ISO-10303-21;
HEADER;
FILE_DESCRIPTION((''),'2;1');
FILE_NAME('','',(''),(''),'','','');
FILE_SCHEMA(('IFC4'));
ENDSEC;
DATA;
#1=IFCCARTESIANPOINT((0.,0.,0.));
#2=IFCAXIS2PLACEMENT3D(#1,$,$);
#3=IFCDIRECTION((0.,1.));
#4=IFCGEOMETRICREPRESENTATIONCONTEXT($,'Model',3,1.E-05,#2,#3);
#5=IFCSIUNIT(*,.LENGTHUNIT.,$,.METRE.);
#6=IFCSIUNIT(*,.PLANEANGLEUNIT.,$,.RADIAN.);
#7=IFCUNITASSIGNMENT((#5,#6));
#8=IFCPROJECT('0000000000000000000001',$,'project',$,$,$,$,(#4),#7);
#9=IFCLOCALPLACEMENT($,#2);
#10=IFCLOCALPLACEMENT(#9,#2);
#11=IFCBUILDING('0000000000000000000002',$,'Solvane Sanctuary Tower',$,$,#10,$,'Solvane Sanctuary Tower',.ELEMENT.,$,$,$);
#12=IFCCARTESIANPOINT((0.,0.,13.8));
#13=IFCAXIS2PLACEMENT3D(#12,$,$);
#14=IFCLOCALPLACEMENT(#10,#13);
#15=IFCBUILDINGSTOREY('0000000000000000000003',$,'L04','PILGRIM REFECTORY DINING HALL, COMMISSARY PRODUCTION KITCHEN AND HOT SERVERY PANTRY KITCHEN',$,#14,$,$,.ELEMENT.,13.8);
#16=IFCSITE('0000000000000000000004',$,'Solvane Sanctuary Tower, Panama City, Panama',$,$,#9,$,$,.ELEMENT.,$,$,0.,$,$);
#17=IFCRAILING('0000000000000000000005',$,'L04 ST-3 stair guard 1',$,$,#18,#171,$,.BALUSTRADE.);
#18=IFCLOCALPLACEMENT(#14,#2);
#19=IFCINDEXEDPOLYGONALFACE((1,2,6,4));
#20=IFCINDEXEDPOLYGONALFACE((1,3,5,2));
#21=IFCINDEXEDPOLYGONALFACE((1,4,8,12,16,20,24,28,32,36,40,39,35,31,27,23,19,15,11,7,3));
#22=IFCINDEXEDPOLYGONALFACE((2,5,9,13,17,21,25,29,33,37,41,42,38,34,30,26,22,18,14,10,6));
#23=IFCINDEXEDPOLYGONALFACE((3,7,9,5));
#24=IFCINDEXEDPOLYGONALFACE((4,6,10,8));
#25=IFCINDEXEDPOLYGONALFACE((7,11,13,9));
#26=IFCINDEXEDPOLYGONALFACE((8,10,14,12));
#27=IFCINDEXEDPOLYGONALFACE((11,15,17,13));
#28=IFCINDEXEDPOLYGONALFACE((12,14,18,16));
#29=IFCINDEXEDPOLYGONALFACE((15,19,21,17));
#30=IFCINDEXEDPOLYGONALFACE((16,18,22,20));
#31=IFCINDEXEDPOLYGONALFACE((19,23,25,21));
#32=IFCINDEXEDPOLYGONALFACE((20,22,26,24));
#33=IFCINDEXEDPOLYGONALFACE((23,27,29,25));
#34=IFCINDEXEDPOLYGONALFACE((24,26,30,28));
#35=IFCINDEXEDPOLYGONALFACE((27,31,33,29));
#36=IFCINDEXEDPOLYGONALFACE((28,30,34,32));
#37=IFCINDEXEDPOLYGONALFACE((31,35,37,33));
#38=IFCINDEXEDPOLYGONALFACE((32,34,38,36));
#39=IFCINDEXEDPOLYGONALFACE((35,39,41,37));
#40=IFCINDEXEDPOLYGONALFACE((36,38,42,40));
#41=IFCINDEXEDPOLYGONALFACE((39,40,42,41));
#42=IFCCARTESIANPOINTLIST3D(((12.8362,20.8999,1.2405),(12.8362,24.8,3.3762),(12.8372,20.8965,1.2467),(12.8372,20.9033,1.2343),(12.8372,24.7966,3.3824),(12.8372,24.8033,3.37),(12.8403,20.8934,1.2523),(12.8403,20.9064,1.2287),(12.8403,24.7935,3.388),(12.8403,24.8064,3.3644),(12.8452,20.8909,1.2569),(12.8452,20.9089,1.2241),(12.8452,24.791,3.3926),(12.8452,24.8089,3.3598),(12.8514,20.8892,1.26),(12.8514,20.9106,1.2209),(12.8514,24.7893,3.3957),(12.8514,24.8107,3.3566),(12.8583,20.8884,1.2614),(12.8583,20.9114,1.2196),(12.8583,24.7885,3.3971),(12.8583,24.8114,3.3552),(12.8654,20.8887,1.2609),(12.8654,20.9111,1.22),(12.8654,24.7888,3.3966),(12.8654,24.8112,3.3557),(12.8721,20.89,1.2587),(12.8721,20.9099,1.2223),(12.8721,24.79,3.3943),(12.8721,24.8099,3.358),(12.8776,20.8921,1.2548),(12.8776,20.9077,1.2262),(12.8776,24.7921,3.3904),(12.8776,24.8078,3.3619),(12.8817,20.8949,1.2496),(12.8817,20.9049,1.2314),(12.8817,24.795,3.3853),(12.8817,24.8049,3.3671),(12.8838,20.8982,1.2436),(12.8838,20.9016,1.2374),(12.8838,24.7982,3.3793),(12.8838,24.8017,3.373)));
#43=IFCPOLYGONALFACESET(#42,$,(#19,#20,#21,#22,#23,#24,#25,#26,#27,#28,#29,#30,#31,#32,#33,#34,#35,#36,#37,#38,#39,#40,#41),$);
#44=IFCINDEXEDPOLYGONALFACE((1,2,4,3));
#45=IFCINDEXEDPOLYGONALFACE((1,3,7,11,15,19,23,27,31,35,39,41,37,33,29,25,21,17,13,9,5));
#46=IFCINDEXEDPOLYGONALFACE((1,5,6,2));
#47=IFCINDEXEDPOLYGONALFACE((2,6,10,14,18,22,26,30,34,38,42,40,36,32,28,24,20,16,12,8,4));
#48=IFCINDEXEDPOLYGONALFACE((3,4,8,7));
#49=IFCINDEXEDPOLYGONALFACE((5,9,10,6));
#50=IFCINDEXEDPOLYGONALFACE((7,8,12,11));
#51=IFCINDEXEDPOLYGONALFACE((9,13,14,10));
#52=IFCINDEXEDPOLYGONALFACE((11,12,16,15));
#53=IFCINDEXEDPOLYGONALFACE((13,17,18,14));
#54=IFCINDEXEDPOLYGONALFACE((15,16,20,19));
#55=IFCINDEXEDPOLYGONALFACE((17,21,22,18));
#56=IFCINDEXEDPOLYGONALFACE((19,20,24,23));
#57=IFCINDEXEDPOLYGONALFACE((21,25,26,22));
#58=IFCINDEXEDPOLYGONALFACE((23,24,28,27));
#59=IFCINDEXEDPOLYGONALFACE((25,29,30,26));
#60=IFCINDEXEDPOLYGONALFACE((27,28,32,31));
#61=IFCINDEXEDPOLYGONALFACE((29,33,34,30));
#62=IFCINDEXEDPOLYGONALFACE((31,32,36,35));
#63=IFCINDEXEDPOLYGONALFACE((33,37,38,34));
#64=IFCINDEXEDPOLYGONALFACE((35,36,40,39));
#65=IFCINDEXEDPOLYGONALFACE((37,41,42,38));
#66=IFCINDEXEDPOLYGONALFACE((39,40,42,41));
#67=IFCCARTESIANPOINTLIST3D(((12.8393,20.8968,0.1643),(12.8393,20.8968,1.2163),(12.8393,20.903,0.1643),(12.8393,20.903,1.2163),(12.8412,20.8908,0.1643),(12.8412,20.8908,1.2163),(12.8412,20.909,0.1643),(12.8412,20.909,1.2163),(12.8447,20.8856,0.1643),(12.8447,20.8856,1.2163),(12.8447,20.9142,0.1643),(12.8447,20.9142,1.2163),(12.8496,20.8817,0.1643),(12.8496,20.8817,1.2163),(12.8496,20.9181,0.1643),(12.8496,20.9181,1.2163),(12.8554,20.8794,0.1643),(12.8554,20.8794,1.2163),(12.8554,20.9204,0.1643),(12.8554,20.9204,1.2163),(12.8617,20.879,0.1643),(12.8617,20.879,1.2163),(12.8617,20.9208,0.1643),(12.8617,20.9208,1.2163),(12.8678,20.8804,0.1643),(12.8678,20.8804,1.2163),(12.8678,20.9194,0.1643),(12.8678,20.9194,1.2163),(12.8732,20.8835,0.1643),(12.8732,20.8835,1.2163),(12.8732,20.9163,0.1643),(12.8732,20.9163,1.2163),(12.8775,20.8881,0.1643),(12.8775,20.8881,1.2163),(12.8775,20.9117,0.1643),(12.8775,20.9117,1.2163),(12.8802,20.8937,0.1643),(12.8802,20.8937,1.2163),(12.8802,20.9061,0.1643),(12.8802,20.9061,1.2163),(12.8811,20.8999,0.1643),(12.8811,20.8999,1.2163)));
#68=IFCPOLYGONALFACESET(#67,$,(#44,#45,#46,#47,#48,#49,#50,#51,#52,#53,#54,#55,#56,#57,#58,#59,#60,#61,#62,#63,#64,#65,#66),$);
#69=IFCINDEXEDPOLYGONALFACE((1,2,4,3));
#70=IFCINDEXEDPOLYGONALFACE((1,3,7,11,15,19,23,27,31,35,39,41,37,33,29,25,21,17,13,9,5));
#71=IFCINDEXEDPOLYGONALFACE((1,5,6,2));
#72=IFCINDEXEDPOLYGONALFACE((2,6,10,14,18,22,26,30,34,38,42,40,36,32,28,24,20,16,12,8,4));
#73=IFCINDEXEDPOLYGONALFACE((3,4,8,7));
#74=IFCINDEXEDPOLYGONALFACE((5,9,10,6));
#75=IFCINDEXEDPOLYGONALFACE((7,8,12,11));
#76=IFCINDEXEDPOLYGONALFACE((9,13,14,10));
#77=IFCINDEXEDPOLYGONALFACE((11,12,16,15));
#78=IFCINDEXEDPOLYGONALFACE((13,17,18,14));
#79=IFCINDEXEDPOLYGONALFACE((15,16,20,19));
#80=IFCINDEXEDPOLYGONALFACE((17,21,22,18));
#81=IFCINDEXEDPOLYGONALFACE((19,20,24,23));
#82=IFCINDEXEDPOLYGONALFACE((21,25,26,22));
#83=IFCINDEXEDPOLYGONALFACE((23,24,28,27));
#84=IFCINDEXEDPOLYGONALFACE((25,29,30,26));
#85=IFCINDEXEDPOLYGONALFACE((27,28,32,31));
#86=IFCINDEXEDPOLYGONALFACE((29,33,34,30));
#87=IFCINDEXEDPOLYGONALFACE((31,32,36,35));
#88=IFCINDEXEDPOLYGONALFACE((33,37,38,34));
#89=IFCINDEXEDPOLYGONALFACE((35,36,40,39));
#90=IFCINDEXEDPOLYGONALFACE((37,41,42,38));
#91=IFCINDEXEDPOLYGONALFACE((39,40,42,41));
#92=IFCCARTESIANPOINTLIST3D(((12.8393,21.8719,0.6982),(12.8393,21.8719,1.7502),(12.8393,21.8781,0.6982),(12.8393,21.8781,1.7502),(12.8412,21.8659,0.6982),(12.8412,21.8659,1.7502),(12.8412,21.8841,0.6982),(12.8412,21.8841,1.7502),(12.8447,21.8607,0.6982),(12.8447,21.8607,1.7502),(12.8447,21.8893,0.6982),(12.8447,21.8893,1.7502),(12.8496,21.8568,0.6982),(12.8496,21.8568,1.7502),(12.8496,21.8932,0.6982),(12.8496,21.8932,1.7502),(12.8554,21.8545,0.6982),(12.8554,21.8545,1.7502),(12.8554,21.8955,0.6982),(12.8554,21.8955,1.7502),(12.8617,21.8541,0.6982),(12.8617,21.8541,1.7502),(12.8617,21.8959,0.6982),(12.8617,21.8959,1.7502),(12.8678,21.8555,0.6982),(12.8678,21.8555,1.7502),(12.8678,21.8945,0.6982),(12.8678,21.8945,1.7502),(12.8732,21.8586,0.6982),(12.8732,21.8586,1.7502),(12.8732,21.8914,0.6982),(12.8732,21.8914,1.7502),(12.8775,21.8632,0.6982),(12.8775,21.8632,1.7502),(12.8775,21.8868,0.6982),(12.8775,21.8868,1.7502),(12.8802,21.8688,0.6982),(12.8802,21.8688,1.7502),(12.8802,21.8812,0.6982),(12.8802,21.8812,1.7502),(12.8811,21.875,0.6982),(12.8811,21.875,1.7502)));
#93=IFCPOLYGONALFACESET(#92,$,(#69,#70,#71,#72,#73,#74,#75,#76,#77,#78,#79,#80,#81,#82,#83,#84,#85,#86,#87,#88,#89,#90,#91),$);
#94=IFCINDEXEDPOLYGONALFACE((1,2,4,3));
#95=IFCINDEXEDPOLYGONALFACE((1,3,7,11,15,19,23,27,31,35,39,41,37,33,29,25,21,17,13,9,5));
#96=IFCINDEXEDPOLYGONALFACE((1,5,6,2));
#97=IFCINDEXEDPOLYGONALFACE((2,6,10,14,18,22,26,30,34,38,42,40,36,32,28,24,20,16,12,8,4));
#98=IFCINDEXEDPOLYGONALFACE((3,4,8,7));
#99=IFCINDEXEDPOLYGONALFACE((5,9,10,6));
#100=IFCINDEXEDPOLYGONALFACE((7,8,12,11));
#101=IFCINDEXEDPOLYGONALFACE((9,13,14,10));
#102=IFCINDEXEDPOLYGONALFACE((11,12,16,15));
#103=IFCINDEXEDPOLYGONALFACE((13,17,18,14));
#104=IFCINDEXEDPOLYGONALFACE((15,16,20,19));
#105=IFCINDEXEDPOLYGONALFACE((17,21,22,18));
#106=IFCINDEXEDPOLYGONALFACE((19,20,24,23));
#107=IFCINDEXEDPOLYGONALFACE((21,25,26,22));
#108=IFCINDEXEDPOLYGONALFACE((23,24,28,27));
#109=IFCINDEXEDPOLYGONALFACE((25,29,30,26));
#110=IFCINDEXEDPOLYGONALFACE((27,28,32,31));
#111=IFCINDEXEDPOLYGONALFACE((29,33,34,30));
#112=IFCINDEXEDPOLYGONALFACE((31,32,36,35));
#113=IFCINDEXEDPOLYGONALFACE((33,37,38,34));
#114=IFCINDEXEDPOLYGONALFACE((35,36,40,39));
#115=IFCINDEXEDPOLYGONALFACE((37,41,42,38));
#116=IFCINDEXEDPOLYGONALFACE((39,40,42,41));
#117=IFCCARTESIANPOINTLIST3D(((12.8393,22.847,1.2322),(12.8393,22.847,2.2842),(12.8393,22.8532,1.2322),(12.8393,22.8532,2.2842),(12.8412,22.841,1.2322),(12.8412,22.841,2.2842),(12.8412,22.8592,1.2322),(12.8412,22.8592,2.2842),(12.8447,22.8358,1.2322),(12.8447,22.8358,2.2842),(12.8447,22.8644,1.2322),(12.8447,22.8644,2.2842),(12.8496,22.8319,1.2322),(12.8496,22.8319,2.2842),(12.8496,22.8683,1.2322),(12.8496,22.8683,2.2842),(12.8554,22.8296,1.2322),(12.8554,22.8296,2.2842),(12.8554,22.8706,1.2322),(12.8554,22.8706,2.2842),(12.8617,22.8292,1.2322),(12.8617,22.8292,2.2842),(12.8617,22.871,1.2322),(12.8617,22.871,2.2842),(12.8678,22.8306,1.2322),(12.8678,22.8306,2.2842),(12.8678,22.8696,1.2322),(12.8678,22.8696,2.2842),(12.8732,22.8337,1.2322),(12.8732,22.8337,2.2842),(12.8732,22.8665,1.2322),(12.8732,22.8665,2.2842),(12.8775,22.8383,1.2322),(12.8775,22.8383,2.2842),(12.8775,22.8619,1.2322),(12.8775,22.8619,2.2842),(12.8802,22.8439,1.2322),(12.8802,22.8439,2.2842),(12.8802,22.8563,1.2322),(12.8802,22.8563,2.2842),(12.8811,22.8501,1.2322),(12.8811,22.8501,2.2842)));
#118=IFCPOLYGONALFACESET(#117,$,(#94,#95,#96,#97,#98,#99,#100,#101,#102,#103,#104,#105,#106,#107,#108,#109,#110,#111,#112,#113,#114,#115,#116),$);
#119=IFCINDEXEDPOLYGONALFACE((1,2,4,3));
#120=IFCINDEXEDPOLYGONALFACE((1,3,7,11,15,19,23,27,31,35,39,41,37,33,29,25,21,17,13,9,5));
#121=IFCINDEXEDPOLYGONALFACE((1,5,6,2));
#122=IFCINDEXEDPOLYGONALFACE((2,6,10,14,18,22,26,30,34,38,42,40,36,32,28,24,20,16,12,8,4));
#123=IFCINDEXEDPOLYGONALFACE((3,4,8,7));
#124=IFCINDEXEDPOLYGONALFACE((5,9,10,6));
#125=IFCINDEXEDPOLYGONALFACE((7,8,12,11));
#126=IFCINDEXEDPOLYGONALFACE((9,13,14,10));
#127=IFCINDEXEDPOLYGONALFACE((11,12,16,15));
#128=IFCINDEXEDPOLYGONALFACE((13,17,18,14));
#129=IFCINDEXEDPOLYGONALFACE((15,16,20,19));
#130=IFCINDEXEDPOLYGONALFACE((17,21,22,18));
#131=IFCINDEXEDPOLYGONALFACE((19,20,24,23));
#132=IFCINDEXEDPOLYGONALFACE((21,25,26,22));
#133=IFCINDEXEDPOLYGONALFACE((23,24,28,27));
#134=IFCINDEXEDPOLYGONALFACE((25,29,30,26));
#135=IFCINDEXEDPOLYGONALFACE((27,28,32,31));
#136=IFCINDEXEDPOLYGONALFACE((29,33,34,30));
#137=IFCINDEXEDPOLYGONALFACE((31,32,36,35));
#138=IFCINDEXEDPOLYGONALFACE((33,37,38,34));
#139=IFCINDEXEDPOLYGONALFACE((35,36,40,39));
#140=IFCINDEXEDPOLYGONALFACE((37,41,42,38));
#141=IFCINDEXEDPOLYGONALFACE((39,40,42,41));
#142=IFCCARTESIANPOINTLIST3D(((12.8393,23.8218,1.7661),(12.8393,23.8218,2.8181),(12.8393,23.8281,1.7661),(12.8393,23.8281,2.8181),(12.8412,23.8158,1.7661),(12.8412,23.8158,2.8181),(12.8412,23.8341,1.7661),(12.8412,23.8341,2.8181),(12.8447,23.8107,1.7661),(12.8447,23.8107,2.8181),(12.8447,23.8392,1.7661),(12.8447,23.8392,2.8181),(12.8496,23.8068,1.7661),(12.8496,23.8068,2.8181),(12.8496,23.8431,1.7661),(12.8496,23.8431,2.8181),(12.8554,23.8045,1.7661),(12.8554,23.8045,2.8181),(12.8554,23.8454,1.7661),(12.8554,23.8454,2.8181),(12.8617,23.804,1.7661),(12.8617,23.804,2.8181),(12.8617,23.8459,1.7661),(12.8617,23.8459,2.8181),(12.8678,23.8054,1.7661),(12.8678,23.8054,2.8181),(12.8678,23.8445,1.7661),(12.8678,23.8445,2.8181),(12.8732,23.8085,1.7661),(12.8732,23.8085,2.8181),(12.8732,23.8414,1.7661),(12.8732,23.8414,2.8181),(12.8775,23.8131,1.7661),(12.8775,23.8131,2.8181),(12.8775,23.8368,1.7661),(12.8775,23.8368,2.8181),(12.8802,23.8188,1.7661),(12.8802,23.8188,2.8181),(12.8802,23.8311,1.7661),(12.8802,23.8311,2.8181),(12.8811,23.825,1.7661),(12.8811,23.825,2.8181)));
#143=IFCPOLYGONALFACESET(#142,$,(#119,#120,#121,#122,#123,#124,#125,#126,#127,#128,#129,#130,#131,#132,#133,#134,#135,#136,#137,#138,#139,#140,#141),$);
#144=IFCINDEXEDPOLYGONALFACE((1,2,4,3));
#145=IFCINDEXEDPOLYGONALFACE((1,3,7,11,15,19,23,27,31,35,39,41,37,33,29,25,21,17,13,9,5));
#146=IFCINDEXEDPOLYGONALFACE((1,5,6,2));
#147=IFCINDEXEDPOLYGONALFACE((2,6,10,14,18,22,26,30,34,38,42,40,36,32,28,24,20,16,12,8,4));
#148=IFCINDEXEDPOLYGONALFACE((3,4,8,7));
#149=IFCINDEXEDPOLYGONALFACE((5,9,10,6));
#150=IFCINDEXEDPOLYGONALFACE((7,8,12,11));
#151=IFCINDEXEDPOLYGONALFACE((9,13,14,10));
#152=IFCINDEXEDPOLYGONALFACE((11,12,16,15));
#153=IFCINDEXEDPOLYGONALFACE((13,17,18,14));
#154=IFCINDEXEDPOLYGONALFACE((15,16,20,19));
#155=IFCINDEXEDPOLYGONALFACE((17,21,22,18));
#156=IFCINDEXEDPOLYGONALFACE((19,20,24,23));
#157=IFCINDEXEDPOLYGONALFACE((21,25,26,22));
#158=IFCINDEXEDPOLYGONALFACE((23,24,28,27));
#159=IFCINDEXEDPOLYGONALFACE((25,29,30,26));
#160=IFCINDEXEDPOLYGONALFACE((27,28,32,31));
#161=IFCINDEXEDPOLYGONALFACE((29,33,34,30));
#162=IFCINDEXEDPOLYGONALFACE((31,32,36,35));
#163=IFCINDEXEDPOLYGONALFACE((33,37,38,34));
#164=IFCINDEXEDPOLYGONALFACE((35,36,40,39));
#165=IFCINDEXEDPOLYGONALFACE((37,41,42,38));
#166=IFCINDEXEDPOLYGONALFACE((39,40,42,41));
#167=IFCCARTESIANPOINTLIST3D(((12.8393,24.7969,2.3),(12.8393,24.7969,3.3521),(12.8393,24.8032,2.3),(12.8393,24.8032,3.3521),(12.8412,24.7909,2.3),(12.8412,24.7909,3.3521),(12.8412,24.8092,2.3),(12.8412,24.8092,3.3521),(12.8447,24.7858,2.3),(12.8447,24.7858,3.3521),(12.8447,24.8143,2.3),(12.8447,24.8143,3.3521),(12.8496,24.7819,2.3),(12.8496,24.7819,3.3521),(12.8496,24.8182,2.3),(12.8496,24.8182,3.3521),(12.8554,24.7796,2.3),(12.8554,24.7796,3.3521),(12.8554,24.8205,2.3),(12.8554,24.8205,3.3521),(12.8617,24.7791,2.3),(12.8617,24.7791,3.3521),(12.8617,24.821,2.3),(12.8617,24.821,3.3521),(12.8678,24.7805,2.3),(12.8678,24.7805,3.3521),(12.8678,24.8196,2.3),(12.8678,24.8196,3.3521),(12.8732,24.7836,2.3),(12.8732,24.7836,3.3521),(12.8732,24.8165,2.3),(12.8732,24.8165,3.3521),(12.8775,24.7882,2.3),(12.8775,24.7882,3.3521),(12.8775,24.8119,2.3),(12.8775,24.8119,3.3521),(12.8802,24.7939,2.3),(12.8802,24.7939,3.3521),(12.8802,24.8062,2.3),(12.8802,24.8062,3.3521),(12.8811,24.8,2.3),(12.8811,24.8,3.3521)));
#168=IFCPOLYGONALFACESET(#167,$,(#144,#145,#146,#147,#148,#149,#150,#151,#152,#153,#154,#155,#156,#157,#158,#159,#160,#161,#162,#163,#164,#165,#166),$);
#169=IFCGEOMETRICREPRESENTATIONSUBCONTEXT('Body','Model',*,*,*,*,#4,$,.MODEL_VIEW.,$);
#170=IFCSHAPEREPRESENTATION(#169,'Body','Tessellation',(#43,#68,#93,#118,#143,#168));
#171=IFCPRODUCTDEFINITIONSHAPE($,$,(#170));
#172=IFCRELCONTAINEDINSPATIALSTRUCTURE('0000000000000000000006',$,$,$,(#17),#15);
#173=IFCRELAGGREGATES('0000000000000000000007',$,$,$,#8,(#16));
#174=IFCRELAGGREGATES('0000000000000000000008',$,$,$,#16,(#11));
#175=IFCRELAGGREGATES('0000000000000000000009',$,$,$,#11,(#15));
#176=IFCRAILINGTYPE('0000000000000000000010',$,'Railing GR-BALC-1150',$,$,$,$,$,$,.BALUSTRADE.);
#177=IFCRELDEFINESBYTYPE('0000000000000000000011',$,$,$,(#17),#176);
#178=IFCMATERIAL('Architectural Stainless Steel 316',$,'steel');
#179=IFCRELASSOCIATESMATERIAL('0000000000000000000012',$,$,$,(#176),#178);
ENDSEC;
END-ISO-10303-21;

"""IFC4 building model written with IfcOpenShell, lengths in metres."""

from ifc_helpers import new_model, si_unit, direction, frame, origin, origin_2d, place, context, subcontext, project, spatial, circle, extrude, material, type_object, element, save


model = new_model("IFC4")

# Units and contexts
model_context = context("Model", 3, precision=1e-05, world=origin(), true_north=direction((0.0, 1.0)))
body_context = subcontext(model_context, "Body", "Model", "MODEL_VIEW")
ifc_project = project(units=[si_unit("LENGTHUNIT", "METRE"), si_unit("PLANEANGLEUNIT", "RADIAN")], contexts=[model_context])

# Site, building, storey
site_placement = place(None, origin())
site = spatial("IfcSite", under=ifc_project, at=site_placement, Name="Solvane Sanctuary Tower, Panama City, Panama", CompositionType="ELEMENT", RefElevation=0.0)
building_placement = place(site_placement, origin())
building = spatial("IfcBuilding", under=site, at=building_placement, Name="Solvane Sanctuary Tower", LongName="Solvane Sanctuary Tower", CompositionType="ELEMENT")
storey_placement = place(building_placement, frame((0.0, 0.0, 13.8)))
storey = spatial("IfcBuildingStorey", under=building, at=storey_placement, Name="L04", Description="PILGRIM REFECTORY DINING HALL, COMMISSARY PRODUCTION KITCHEN AND HOT SERVERY PANTRY KITCHEN", CompositionType="ELEMENT", Elevation=13.8)

# Railing
ifc_material_1 = material(Name="Architectural Stainless Steel 316", Category="steel")
railing_type_1 = type_object("IfcRailingType", Name="Railing GR-BALC-1150", PredefinedType="BALUSTRADE", material=ifc_material_1)
railing_1_placement = place(storey_placement, frame((12.8601, 20.8999, 0.1643)))
element("IfcRailing", 1, at=railing_1_placement, inside=storey, type_object=railing_type_1, Name="L04 ST-3 stair guard 1", PredefinedType="BALUSTRADE", context=body_context, shape_type="SweptSolid", body=[
    extrude(circle(Radius=0.0239, at=origin_2d()), frame((0.0, 0.0, 1.0762), z_axis=(0.0, 0.877101, 0.480306), x_axis=(-1.0, 0.0, 0.0)), (0.0, 0.0, 1.0), 4.4465),
    extrude(circle(Radius=0.021, at=origin_2d()), origin(), (0.0, 0.0, 1.0), 1.052),
    extrude(circle(Radius=0.021, at=origin_2d()), frame((0.0, 0.9751, 0.5339)), (0.0, 0.0, 1.0), 1.052),
    extrude(circle(Radius=0.021, at=origin_2d()), frame((0.0, 1.9502, 1.0679)), (0.0, 0.0, 1.0), 1.052),
    extrude(circle(Radius=0.021, at=origin_2d()), frame((0.0, 2.925, 1.6018)), (0.0, 0.0, 1.0), 1.052),
    extrude(circle(Radius=0.021, at=origin_2d()), frame((0.0, 3.9001, 2.1357)), (0.0, 0.0, 1.0), 1.052),
])

save(model, "model.ifc")
